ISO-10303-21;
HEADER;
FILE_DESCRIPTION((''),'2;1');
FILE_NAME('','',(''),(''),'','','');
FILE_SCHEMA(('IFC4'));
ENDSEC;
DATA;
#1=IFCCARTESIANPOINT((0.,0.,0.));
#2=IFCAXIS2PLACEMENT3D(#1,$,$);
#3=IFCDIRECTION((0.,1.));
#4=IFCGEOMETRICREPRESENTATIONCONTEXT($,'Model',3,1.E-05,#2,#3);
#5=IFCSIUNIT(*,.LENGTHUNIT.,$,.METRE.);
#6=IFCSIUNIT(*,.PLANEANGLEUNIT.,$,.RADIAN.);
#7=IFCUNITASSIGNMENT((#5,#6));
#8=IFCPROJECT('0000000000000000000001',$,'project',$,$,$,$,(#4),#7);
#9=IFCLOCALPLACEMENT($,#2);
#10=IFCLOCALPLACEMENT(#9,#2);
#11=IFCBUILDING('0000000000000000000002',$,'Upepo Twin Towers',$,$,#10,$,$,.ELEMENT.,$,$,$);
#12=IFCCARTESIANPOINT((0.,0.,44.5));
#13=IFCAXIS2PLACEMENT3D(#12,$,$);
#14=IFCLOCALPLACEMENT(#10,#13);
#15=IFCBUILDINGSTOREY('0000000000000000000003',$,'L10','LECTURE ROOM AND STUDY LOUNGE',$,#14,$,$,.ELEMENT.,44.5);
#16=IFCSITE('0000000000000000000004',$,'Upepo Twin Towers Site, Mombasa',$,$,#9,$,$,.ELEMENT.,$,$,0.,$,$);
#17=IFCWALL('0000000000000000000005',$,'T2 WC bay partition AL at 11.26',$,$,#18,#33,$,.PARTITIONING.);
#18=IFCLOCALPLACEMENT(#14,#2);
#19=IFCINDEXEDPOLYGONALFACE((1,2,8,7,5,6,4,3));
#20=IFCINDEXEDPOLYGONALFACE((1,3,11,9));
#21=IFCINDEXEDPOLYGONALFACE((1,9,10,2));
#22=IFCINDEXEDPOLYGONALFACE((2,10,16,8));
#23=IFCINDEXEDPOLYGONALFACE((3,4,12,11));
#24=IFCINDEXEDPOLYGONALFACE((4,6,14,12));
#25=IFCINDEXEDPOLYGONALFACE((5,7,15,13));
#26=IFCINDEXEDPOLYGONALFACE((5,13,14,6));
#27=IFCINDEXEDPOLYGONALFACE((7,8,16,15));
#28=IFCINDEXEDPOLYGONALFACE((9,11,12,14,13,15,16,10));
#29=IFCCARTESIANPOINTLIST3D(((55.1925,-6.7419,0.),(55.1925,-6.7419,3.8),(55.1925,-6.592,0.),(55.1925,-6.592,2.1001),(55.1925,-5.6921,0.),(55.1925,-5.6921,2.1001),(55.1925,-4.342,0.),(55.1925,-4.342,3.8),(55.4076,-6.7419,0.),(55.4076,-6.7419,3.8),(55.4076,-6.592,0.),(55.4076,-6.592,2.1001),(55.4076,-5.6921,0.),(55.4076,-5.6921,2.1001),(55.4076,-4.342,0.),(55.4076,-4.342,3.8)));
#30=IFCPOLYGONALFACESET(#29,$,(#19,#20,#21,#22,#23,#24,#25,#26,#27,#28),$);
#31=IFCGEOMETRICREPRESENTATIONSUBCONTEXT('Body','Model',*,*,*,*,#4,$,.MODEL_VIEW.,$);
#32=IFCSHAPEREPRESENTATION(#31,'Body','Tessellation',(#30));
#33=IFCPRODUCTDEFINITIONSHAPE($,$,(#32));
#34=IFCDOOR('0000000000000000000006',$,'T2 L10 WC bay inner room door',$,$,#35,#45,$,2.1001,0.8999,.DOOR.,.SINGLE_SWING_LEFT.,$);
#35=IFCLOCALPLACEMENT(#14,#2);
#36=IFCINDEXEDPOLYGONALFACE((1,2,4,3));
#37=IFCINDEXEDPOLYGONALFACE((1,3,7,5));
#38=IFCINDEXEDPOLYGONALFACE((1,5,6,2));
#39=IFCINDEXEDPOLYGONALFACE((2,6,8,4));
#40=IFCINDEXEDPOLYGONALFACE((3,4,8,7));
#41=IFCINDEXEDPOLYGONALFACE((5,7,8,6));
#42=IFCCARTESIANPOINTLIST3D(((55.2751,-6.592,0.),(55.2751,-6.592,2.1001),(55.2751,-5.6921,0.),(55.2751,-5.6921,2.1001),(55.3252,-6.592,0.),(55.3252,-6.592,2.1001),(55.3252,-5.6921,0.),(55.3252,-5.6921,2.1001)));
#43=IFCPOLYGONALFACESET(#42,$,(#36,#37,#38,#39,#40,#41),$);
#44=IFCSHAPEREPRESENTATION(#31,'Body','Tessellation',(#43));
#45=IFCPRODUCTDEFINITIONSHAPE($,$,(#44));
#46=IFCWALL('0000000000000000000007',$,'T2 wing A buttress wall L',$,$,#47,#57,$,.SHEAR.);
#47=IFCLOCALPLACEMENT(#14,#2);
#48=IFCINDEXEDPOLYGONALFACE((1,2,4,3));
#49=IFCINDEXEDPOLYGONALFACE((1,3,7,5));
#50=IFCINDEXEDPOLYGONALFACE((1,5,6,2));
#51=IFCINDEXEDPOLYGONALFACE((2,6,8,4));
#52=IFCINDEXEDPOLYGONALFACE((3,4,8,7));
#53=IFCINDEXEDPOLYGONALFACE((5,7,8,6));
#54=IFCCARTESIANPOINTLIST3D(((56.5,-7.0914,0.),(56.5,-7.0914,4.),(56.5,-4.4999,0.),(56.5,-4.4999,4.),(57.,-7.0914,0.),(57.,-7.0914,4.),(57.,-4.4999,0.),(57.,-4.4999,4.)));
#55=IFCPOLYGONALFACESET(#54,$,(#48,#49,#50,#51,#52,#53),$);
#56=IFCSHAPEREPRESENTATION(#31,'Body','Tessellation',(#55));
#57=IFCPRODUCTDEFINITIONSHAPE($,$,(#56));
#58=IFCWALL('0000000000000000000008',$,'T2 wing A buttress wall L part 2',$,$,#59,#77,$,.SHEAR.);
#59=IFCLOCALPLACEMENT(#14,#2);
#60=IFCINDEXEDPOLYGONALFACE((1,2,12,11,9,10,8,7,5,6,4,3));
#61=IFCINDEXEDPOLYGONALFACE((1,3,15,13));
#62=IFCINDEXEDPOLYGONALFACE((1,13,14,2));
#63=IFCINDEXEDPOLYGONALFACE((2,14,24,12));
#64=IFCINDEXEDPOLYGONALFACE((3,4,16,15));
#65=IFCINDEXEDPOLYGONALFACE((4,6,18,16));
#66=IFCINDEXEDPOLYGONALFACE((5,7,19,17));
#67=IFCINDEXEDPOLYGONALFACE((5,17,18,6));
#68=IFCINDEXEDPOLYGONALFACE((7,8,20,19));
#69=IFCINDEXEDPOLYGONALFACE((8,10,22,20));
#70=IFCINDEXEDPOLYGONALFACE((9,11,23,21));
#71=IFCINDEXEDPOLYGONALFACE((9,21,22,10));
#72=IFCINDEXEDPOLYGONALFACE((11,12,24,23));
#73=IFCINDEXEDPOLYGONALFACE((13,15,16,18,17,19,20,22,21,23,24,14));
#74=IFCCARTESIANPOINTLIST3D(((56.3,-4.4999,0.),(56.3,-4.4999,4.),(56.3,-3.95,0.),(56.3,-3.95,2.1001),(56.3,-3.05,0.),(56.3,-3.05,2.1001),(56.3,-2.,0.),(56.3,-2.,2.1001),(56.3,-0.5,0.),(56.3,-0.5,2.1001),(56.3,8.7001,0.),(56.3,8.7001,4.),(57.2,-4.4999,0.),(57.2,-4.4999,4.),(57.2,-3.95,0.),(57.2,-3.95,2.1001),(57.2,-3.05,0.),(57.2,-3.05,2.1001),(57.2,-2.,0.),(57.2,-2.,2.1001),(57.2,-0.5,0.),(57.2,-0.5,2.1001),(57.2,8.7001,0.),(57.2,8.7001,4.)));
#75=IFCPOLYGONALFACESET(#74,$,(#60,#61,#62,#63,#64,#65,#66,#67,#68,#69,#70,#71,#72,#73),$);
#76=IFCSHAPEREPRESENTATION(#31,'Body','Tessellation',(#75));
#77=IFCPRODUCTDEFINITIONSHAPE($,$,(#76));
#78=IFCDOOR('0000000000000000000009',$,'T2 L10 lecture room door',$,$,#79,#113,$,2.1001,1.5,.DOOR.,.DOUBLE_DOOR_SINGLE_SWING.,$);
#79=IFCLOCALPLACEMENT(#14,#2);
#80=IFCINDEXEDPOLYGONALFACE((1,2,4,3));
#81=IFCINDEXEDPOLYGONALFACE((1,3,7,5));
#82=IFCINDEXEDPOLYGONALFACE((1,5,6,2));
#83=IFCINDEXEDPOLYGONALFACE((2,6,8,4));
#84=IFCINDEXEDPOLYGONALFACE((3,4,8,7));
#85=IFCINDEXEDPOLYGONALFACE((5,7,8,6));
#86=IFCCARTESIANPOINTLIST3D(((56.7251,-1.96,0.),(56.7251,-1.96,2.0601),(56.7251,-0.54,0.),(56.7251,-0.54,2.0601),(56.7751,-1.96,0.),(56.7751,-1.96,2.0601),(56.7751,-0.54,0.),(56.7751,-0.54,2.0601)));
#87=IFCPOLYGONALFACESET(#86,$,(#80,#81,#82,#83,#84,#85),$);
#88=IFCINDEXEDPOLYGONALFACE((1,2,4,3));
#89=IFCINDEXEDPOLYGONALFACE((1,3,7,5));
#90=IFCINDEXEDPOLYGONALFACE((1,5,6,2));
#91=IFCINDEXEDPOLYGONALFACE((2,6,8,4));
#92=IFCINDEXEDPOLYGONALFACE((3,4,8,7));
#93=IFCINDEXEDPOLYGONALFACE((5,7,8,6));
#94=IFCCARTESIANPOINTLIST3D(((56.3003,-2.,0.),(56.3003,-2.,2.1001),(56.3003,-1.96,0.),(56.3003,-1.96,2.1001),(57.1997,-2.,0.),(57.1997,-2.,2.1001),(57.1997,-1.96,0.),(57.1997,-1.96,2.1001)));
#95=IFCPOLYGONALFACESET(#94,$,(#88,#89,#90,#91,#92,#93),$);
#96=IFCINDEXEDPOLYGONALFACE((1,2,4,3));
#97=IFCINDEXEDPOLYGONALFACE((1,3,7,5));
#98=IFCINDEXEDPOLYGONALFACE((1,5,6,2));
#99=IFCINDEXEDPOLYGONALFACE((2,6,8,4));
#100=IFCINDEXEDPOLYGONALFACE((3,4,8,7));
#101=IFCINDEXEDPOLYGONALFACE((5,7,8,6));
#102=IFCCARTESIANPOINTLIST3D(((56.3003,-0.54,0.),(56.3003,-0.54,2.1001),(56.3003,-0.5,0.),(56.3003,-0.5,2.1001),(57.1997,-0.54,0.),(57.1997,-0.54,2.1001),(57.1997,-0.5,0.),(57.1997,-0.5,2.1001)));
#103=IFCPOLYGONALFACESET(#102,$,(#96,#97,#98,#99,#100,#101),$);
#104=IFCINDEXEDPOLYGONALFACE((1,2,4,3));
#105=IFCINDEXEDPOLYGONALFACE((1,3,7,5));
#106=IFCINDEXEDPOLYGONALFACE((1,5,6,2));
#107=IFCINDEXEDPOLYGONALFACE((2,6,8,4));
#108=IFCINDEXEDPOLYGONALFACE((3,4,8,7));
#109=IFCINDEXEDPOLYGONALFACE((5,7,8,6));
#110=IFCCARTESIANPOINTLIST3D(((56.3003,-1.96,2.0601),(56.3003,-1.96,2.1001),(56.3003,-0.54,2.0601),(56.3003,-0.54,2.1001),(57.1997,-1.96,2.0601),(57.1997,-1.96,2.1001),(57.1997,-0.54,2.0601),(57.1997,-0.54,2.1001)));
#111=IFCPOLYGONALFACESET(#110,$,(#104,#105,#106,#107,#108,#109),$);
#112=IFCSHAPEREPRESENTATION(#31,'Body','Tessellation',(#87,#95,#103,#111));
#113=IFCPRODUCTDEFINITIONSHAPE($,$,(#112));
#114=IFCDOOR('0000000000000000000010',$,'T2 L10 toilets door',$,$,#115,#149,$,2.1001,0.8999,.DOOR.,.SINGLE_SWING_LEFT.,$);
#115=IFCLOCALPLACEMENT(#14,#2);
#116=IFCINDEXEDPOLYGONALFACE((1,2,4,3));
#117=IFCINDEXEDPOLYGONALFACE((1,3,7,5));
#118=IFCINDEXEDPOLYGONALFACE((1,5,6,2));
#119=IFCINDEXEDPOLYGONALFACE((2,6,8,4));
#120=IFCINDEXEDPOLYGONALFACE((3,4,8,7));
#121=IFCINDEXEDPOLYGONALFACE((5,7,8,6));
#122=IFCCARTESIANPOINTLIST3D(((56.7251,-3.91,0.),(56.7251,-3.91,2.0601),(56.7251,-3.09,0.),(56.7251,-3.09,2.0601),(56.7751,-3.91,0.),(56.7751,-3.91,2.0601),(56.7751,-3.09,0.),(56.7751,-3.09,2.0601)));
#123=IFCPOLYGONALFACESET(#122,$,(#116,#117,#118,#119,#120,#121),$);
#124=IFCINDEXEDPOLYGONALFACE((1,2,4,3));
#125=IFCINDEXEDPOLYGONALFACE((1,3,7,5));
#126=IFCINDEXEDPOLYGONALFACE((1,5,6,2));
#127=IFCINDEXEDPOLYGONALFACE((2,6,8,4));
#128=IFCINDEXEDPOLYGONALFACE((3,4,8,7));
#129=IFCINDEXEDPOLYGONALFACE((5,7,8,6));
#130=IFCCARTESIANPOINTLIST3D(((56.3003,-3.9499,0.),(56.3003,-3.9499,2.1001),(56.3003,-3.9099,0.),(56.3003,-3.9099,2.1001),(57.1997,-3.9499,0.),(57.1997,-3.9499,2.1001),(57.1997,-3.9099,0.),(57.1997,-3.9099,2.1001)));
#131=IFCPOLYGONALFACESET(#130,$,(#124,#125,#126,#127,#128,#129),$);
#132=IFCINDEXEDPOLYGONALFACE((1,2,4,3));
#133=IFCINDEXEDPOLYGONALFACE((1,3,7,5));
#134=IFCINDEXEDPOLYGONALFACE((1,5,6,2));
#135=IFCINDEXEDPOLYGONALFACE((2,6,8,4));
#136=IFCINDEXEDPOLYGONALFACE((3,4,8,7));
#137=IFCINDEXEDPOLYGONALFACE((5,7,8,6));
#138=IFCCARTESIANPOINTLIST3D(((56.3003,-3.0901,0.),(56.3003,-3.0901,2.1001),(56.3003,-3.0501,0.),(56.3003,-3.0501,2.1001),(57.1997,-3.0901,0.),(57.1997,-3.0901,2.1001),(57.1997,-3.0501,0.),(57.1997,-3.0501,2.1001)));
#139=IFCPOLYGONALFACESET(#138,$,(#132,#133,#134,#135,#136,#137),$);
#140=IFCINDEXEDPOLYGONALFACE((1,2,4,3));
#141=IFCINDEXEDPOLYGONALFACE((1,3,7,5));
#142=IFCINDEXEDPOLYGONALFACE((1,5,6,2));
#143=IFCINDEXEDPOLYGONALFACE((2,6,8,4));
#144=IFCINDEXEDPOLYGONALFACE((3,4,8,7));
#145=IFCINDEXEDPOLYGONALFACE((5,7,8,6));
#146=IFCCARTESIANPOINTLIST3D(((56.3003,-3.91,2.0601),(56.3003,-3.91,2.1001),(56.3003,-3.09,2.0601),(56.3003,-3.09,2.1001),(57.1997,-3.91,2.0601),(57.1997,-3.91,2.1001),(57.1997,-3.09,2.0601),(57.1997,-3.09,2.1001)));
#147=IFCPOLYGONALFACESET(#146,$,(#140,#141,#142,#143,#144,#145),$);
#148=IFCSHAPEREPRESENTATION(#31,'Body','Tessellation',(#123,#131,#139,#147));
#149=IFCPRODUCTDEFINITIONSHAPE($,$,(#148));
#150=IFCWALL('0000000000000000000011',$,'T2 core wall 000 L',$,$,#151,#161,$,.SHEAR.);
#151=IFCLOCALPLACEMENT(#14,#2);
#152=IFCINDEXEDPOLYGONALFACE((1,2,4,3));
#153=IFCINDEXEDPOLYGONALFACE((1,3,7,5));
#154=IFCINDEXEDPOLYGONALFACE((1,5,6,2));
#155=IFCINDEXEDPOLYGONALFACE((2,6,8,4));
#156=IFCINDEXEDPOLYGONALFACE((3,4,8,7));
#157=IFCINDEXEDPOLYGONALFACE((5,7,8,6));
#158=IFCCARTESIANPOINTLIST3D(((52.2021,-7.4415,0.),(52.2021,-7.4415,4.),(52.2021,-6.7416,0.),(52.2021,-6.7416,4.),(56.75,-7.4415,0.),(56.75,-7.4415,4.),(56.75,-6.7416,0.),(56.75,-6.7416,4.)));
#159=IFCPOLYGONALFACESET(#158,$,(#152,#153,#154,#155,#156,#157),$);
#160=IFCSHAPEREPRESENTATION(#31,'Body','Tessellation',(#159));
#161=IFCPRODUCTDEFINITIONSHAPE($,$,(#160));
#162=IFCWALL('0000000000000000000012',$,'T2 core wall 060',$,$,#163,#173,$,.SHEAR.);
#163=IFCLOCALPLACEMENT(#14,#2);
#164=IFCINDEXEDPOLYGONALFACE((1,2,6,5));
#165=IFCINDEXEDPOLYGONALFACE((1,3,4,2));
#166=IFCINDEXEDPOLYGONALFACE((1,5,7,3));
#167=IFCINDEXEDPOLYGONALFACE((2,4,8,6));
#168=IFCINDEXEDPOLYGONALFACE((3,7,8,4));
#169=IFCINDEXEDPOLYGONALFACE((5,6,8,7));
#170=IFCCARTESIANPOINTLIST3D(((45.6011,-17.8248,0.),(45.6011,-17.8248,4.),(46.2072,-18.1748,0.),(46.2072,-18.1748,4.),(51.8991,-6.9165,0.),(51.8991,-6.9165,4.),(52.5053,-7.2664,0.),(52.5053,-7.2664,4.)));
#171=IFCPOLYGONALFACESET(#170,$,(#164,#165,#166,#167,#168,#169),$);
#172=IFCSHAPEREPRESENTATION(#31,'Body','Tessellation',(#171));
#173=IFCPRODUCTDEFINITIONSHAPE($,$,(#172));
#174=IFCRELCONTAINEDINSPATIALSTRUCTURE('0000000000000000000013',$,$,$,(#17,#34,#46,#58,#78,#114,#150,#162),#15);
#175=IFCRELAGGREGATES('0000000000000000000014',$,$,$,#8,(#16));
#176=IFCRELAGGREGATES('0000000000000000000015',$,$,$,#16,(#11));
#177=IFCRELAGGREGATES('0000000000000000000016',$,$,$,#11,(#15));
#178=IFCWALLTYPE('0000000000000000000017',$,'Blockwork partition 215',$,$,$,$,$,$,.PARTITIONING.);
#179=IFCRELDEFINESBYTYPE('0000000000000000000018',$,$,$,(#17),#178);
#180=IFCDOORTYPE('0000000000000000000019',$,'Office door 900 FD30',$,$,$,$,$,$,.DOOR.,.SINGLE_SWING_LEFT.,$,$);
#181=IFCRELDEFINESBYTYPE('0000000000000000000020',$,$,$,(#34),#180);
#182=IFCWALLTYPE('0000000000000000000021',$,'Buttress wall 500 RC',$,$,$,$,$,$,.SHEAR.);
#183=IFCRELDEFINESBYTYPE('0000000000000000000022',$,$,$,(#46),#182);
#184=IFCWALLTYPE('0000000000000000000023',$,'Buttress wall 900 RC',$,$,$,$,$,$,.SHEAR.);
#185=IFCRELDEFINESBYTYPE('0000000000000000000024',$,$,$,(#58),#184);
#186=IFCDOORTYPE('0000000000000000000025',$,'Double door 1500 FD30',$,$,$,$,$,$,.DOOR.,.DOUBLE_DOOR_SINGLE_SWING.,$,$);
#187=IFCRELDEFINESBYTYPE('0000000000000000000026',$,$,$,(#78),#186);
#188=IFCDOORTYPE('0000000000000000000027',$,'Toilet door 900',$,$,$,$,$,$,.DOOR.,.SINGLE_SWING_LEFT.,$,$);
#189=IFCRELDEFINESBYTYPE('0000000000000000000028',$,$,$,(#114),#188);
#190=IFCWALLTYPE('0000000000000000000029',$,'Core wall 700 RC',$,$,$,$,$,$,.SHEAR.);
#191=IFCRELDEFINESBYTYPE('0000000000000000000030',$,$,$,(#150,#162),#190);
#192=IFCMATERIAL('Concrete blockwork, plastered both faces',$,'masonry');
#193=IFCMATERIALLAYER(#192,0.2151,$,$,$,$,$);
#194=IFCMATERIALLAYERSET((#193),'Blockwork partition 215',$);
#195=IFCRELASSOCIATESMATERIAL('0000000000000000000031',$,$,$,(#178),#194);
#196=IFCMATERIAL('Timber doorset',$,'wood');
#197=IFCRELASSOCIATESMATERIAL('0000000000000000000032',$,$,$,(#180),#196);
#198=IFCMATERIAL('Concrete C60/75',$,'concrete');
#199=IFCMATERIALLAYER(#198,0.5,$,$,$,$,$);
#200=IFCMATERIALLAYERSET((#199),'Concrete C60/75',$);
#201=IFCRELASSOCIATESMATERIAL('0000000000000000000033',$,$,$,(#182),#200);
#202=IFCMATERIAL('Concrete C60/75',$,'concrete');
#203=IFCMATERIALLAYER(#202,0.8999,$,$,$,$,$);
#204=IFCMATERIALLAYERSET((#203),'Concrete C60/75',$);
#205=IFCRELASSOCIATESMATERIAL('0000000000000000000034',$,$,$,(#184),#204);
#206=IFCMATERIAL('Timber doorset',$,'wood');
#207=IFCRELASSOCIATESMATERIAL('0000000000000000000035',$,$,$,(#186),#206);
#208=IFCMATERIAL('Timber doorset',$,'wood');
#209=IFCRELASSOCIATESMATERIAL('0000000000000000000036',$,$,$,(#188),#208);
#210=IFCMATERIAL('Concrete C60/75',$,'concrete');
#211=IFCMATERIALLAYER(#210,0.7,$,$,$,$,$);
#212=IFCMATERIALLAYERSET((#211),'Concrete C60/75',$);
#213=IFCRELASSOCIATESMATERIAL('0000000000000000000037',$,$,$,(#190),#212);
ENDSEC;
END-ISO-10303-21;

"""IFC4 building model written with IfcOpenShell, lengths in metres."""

from ifc_helpers import new_model, si_unit, direction, frame, frame_2d, origin, place, context, subcontext, project, spatial, rectangle, extrude, material, layer, layer_set, type_object, element, fill, save


model = new_model("IFC4")

# Units and contexts
model_context = context("Model", 3, precision=1e-05, world=origin(), true_north=direction((0.0, 1.0)))
body_context = subcontext(model_context, "Body", "Model", "MODEL_VIEW")
ifc_project = project(units=[si_unit("LENGTHUNIT", "METRE"), si_unit("PLANEANGLEUNIT", "RADIAN")], contexts=[model_context])

# Site, building, storey
site_placement = place(None, origin())
site = spatial("IfcSite", under=ifc_project, at=site_placement, Name="Upepo Twin Towers Site, Mombasa", CompositionType="ELEMENT", RefElevation=0.0)
building_placement = place(site_placement, origin())
building = spatial("IfcBuilding", under=site, at=building_placement, Name="Upepo Twin Towers", CompositionType="ELEMENT")
storey_placement = place(building_placement, frame((0.0, 0.0, 44.5)))
storey = spatial("IfcBuildingStorey", under=building, at=storey_placement, Name="L10", Description="LECTURE ROOM AND STUDY LOUNGE", CompositionType="ELEMENT", Elevation=44.5)

# Wall, opening, door
ifc_material_1 = material(Name="Concrete blockwork, plastered both faces", Category="masonry")
ifc_layer_1 = layer(ifc_material_1, 0.2151)
ifc_layer_set_1 = layer_set([ifc_layer_1], Name="Blockwork partition 215")
wall_type_1 = type_object("IfcWallType", Name="Blockwork partition 215", PredefinedType="PARTITIONING", material=ifc_layer_set_1)
wall_1_placement = place(storey_placement, frame((55.3, -6.7419, 0.0), z_axis=(0.0, 0.0, 1.0), x_axis=(0.0, 1.0, 0.0)))
wall_1 = element("IfcWall", 1, at=wall_1_placement, inside=storey, type_object=wall_type_1, Name="T2 WC bay partition AL at 11.26", PredefinedType="PARTITIONING", context=body_context, shape_type="SweptSolid", body=[
    extrude(rectangle(XDim=2.3999, YDim=0.2151, at=frame_2d((1.2, 0.0))), origin(), (0.0, 0.0, 1.0), 3.8),
])
opening_1_placement = place(wall_1_placement, frame((0.1499, 0.0, 0.0)))
opening_1 = element("IfcOpeningElement", 2, at=opening_1_placement, cuts=wall_1, PredefinedType="OPENING", context=body_context, shape_type="SweptSolid", body=[
    extrude(rectangle(XDim=0.8999, YDim=2.1001, at=frame_2d((0.45, 1.05))), frame((0.0, 0.1174, 0.0), z_axis=(0.0, -1.0, 0.0), x_axis=(1.0, 0.0, 0.0)), (0.0, 0.0, 1.0), 0.2351),
])
ifc_material_2 = material(Name="Timber doorset", Category="wood")
door_type_1 = type_object("IfcDoorType", Name="Office door 900 FD30", OperationType="SINGLE_SWING_LEFT", PredefinedType="DOOR", material=ifc_material_2)
door_1_placement = place(opening_1_placement, origin())
door_1 = element("IfcDoor", 3, at=door_1_placement, inside=storey, type_object=door_type_1, Name="T2 L10 WC bay inner room door", OperationType="SINGLE_SWING_LEFT", OverallHeight=2.1001, OverallWidth=0.8999, PredefinedType="DOOR", context=body_context, shape_type="SweptSolid", body=[
    extrude(rectangle(XDim=0.8999, YDim=2.1001, at=frame_2d((0.45, 1.05))), frame((0.0, 0.0249, 0.0), z_axis=(0.0, -1.0, 0.0), x_axis=(1.0, 0.0, 0.0)), (0.0, 0.0, 1.0), 0.05),
])
fill(opening_1, door_1)

# Wall
ifc_material_3 = material(Name="Concrete C60/75", Category="concrete")
ifc_layer_2 = layer(ifc_material_3, 0.5)
ifc_layer_set_2 = layer_set([ifc_layer_2], Name="Concrete C60/75")
wall_type_2 = type_object("IfcWallType", Name="Buttress wall 500 RC", PredefinedType="SHEAR", material=ifc_layer_set_2)
wall_2_placement = place(storey_placement, frame((56.75, -7.0916, 0.0), z_axis=(0.0, 0.0, 1.0), x_axis=(0.0, 1.0, 0.0)))
element("IfcWall", 4, at=wall_2_placement, inside=storey, type_object=wall_type_2, Name="T2 wing A buttress wall L", PredefinedType="SHEAR", context=body_context, shape_type="SweptSolid", body=[
    extrude(rectangle(XDim=2.5916, YDim=0.5, at=frame_2d((1.2959, 0.0))), origin(), (0.0, 0.0, 1.0), 4.0),
])

# Wall, openings, doors
ifc_material_4 = material(Name="Concrete C60/75", Category="concrete")
ifc_layer_3 = layer(ifc_material_4, 0.8999)
ifc_layer_set_3 = layer_set([ifc_layer_3], Name="Concrete C60/75")
wall_type_3 = type_object("IfcWallType", Name="Buttress wall 900 RC", PredefinedType="SHEAR", material=ifc_layer_set_3)
wall_3_placement = place(storey_placement, frame((56.75, -4.5, 0.0), z_axis=(0.0, 0.0, 1.0), x_axis=(0.0, 1.0, 0.0)))
wall_3 = element("IfcWall", 5, at=wall_3_placement, inside=storey, type_object=wall_type_3, Name="T2 wing A buttress wall L part 2", PredefinedType="SHEAR", context=body_context, shape_type="SweptSolid", body=[
    extrude(rectangle(XDim=13.2, YDim=0.8999, at=frame_2d((6.6001, 0.0))), origin(), (0.0, 0.0, 1.0), 4.0),
])
opening_2_placement = place(wall_3_placement, frame((0.55, 0.0, 0.0)))
opening_2 = element("IfcOpeningElement", 6, at=opening_2_placement, cuts=wall_3, PredefinedType="OPENING", context=body_context, shape_type="SweptSolid", body=[
    extrude(rectangle(XDim=0.8999, YDim=2.1001, at=frame_2d((0.45, 1.05))), frame((0.0, 0.46, 0.0), z_axis=(0.0, -1.0, 0.0), x_axis=(1.0, 0.0, 0.0)), (0.0, 0.0, 1.0), 0.9199),
])
opening_3_placement = place(wall_3_placement, frame((2.5, 0.0, 0.0)))
opening_3 = element("IfcOpeningElement", 7, at=opening_3_placement, cuts=wall_3, PredefinedType="OPENING", context=body_context, shape_type="SweptSolid", body=[
    extrude(rectangle(XDim=1.5, YDim=2.1001, at=frame_2d((0.75, 1.05))), frame((0.0, 0.46, 0.0), z_axis=(0.0, -1.0, 0.0), x_axis=(1.0, 0.0, 0.0)), (0.0, 0.0, 1.0), 0.9199),
])
ifc_material_5 = material(Name="Timber doorset", Category="wood")
door_type_2 = type_object("IfcDoorType", Name="Double door 1500 FD30", OperationType="DOUBLE_DOOR_SINGLE_SWING", PredefinedType="DOOR", material=ifc_material_5)
door_2_placement = place(opening_3_placement, origin())
door_2 = element("IfcDoor", 8, at=door_2_placement, inside=storey, type_object=door_type_2, Name="T2 L10 lecture room door", OperationType="DOUBLE_DOOR_SINGLE_SWING", OverallHeight=2.1001, OverallWidth=1.5, PredefinedType="DOOR", context=body_context, shape_type="SweptSolid", body=[
    extrude(rectangle(XDim=1.42, YDim=2.0601, at=frame_2d((0.75, 1.03))), frame((0.0, 0.0249, 0.0), z_axis=(0.0, -1.0, 0.0), x_axis=(1.0, 0.0, 0.0)), (0.0, 0.0, 1.0), 0.05),
    extrude(rectangle(XDim=0.04, YDim=2.1001, at=frame_2d((0.02, 1.05))), frame((0.0, 0.4497, 0.0), z_axis=(0.0, -1.0, 0.0), x_axis=(1.0, 0.0, 0.0)), (0.0, 0.0, 1.0), 0.8994),
    extrude(rectangle(XDim=0.04, YDim=2.1001, at=frame_2d((1.48, 1.05))), frame((0.0, 0.4497, 0.0), z_axis=(0.0, -1.0, 0.0), x_axis=(1.0, 0.0, 0.0)), (0.0, 0.0, 1.0), 0.8994),
    extrude(rectangle(XDim=1.42, YDim=0.04, at=frame_2d((0.75, 2.0801))), frame((0.0, 0.4497, 0.0), z_axis=(0.0, -1.0, 0.0), x_axis=(1.0, 0.0, 0.0)), (0.0, 0.0, 1.0), 0.8994),
])
fill(opening_3, door_2)
ifc_material_6 = material(Name="Timber doorset", Category="wood")
door_type_3 = type_object("IfcDoorType", Name="Toilet door 900", OperationType="SINGLE_SWING_LEFT", PredefinedType="DOOR", material=ifc_material_6)
door_3_placement = place(opening_2_placement, origin())
door_3 = element("IfcDoor", 9, at=door_3_placement, inside=storey, type_object=door_type_3, Name="T2 L10 toilets door", OperationType="SINGLE_SWING_LEFT", OverallHeight=2.1001, OverallWidth=0.8999, PredefinedType="DOOR", context=body_context, shape_type="SweptSolid", body=[
    extrude(rectangle(XDim=0.8199, YDim=2.0601, at=frame_2d((0.45, 1.03))), frame((0.0, 0.0249, 0.0), z_axis=(0.0, -1.0, 0.0), x_axis=(1.0, 0.0, 0.0)), (0.0, 0.0, 1.0), 0.05),
    extrude(rectangle(XDim=0.04, YDim=2.1001, at=frame_2d((0.02, 1.05))), frame((0.0, 0.4497, 0.0), z_axis=(0.0, -1.0, 0.0), x_axis=(1.0, 0.0, 0.0)), (0.0, 0.0, 1.0), 0.8994),
    extrude(rectangle(XDim=0.04, YDim=2.1001, at=frame_2d((0.8799, 1.05))), frame((0.0, 0.4497, 0.0), z_axis=(0.0, -1.0, 0.0), x_axis=(1.0, 0.0, 0.0)), (0.0, 0.0, 1.0), 0.8994),
    extrude(rectangle(XDim=0.8199, YDim=0.04, at=frame_2d((0.45, 2.0801))), frame((0.0, 0.4497, 0.0), z_axis=(0.0, -1.0, 0.0), x_axis=(1.0, 0.0, 0.0)), (0.0, 0.0, 1.0), 0.8994),
])
fill(opening_2, door_3)

# Walls
ifc_material_7 = material(Name="Concrete C60/75", Category="concrete")
ifc_layer_4 = layer(ifc_material_7, 0.7)
ifc_layer_set_4 = layer_set([ifc_layer_4], Name="Concrete C60/75")
wall_type_4 = type_object("IfcWallType", Name="Core wall 700 RC", PredefinedType="SHEAR", material=ifc_layer_set_4)
wall_4_placement = place(storey_placement, frame((56.75, -7.0916, 0.0), z_axis=(0.0, 0.0, 1.0), x_axis=(-1.0, 0.0, 0.0)))
element("IfcWall", 10, at=wall_4_placement, inside=storey, type_object=wall_type_4, Name="T2 core wall 000 L", PredefinedType="SHEAR", context=body_context, shape_type="SweptSolid", body=[
    extrude(rectangle(XDim=4.5479, YDim=0.7, at=frame_2d((2.2739, 0.0))), origin(), (0.0, 0.0, 1.0), 4.0),
])
wall_5_placement = place(storey_placement, frame((52.2021, -7.0916, 0.0), z_axis=(0.0, 0.0, 1.0), x_axis=(-0.500006, -0.866022, 0.0)))
element("IfcWall", 11, at=wall_5_placement, inside=storey, type_object=wall_type_4, Name="T2 core wall 060", PredefinedType="SHEAR", context=body_context, shape_type="SweptSolid", body=[
    extrude(rectangle(XDim=12.5959, YDim=0.7, at=frame_2d((6.2979, 0.0))), origin(), (0.0, 0.0, 1.0), 4.0),
])

save(model, "model.ifc")
